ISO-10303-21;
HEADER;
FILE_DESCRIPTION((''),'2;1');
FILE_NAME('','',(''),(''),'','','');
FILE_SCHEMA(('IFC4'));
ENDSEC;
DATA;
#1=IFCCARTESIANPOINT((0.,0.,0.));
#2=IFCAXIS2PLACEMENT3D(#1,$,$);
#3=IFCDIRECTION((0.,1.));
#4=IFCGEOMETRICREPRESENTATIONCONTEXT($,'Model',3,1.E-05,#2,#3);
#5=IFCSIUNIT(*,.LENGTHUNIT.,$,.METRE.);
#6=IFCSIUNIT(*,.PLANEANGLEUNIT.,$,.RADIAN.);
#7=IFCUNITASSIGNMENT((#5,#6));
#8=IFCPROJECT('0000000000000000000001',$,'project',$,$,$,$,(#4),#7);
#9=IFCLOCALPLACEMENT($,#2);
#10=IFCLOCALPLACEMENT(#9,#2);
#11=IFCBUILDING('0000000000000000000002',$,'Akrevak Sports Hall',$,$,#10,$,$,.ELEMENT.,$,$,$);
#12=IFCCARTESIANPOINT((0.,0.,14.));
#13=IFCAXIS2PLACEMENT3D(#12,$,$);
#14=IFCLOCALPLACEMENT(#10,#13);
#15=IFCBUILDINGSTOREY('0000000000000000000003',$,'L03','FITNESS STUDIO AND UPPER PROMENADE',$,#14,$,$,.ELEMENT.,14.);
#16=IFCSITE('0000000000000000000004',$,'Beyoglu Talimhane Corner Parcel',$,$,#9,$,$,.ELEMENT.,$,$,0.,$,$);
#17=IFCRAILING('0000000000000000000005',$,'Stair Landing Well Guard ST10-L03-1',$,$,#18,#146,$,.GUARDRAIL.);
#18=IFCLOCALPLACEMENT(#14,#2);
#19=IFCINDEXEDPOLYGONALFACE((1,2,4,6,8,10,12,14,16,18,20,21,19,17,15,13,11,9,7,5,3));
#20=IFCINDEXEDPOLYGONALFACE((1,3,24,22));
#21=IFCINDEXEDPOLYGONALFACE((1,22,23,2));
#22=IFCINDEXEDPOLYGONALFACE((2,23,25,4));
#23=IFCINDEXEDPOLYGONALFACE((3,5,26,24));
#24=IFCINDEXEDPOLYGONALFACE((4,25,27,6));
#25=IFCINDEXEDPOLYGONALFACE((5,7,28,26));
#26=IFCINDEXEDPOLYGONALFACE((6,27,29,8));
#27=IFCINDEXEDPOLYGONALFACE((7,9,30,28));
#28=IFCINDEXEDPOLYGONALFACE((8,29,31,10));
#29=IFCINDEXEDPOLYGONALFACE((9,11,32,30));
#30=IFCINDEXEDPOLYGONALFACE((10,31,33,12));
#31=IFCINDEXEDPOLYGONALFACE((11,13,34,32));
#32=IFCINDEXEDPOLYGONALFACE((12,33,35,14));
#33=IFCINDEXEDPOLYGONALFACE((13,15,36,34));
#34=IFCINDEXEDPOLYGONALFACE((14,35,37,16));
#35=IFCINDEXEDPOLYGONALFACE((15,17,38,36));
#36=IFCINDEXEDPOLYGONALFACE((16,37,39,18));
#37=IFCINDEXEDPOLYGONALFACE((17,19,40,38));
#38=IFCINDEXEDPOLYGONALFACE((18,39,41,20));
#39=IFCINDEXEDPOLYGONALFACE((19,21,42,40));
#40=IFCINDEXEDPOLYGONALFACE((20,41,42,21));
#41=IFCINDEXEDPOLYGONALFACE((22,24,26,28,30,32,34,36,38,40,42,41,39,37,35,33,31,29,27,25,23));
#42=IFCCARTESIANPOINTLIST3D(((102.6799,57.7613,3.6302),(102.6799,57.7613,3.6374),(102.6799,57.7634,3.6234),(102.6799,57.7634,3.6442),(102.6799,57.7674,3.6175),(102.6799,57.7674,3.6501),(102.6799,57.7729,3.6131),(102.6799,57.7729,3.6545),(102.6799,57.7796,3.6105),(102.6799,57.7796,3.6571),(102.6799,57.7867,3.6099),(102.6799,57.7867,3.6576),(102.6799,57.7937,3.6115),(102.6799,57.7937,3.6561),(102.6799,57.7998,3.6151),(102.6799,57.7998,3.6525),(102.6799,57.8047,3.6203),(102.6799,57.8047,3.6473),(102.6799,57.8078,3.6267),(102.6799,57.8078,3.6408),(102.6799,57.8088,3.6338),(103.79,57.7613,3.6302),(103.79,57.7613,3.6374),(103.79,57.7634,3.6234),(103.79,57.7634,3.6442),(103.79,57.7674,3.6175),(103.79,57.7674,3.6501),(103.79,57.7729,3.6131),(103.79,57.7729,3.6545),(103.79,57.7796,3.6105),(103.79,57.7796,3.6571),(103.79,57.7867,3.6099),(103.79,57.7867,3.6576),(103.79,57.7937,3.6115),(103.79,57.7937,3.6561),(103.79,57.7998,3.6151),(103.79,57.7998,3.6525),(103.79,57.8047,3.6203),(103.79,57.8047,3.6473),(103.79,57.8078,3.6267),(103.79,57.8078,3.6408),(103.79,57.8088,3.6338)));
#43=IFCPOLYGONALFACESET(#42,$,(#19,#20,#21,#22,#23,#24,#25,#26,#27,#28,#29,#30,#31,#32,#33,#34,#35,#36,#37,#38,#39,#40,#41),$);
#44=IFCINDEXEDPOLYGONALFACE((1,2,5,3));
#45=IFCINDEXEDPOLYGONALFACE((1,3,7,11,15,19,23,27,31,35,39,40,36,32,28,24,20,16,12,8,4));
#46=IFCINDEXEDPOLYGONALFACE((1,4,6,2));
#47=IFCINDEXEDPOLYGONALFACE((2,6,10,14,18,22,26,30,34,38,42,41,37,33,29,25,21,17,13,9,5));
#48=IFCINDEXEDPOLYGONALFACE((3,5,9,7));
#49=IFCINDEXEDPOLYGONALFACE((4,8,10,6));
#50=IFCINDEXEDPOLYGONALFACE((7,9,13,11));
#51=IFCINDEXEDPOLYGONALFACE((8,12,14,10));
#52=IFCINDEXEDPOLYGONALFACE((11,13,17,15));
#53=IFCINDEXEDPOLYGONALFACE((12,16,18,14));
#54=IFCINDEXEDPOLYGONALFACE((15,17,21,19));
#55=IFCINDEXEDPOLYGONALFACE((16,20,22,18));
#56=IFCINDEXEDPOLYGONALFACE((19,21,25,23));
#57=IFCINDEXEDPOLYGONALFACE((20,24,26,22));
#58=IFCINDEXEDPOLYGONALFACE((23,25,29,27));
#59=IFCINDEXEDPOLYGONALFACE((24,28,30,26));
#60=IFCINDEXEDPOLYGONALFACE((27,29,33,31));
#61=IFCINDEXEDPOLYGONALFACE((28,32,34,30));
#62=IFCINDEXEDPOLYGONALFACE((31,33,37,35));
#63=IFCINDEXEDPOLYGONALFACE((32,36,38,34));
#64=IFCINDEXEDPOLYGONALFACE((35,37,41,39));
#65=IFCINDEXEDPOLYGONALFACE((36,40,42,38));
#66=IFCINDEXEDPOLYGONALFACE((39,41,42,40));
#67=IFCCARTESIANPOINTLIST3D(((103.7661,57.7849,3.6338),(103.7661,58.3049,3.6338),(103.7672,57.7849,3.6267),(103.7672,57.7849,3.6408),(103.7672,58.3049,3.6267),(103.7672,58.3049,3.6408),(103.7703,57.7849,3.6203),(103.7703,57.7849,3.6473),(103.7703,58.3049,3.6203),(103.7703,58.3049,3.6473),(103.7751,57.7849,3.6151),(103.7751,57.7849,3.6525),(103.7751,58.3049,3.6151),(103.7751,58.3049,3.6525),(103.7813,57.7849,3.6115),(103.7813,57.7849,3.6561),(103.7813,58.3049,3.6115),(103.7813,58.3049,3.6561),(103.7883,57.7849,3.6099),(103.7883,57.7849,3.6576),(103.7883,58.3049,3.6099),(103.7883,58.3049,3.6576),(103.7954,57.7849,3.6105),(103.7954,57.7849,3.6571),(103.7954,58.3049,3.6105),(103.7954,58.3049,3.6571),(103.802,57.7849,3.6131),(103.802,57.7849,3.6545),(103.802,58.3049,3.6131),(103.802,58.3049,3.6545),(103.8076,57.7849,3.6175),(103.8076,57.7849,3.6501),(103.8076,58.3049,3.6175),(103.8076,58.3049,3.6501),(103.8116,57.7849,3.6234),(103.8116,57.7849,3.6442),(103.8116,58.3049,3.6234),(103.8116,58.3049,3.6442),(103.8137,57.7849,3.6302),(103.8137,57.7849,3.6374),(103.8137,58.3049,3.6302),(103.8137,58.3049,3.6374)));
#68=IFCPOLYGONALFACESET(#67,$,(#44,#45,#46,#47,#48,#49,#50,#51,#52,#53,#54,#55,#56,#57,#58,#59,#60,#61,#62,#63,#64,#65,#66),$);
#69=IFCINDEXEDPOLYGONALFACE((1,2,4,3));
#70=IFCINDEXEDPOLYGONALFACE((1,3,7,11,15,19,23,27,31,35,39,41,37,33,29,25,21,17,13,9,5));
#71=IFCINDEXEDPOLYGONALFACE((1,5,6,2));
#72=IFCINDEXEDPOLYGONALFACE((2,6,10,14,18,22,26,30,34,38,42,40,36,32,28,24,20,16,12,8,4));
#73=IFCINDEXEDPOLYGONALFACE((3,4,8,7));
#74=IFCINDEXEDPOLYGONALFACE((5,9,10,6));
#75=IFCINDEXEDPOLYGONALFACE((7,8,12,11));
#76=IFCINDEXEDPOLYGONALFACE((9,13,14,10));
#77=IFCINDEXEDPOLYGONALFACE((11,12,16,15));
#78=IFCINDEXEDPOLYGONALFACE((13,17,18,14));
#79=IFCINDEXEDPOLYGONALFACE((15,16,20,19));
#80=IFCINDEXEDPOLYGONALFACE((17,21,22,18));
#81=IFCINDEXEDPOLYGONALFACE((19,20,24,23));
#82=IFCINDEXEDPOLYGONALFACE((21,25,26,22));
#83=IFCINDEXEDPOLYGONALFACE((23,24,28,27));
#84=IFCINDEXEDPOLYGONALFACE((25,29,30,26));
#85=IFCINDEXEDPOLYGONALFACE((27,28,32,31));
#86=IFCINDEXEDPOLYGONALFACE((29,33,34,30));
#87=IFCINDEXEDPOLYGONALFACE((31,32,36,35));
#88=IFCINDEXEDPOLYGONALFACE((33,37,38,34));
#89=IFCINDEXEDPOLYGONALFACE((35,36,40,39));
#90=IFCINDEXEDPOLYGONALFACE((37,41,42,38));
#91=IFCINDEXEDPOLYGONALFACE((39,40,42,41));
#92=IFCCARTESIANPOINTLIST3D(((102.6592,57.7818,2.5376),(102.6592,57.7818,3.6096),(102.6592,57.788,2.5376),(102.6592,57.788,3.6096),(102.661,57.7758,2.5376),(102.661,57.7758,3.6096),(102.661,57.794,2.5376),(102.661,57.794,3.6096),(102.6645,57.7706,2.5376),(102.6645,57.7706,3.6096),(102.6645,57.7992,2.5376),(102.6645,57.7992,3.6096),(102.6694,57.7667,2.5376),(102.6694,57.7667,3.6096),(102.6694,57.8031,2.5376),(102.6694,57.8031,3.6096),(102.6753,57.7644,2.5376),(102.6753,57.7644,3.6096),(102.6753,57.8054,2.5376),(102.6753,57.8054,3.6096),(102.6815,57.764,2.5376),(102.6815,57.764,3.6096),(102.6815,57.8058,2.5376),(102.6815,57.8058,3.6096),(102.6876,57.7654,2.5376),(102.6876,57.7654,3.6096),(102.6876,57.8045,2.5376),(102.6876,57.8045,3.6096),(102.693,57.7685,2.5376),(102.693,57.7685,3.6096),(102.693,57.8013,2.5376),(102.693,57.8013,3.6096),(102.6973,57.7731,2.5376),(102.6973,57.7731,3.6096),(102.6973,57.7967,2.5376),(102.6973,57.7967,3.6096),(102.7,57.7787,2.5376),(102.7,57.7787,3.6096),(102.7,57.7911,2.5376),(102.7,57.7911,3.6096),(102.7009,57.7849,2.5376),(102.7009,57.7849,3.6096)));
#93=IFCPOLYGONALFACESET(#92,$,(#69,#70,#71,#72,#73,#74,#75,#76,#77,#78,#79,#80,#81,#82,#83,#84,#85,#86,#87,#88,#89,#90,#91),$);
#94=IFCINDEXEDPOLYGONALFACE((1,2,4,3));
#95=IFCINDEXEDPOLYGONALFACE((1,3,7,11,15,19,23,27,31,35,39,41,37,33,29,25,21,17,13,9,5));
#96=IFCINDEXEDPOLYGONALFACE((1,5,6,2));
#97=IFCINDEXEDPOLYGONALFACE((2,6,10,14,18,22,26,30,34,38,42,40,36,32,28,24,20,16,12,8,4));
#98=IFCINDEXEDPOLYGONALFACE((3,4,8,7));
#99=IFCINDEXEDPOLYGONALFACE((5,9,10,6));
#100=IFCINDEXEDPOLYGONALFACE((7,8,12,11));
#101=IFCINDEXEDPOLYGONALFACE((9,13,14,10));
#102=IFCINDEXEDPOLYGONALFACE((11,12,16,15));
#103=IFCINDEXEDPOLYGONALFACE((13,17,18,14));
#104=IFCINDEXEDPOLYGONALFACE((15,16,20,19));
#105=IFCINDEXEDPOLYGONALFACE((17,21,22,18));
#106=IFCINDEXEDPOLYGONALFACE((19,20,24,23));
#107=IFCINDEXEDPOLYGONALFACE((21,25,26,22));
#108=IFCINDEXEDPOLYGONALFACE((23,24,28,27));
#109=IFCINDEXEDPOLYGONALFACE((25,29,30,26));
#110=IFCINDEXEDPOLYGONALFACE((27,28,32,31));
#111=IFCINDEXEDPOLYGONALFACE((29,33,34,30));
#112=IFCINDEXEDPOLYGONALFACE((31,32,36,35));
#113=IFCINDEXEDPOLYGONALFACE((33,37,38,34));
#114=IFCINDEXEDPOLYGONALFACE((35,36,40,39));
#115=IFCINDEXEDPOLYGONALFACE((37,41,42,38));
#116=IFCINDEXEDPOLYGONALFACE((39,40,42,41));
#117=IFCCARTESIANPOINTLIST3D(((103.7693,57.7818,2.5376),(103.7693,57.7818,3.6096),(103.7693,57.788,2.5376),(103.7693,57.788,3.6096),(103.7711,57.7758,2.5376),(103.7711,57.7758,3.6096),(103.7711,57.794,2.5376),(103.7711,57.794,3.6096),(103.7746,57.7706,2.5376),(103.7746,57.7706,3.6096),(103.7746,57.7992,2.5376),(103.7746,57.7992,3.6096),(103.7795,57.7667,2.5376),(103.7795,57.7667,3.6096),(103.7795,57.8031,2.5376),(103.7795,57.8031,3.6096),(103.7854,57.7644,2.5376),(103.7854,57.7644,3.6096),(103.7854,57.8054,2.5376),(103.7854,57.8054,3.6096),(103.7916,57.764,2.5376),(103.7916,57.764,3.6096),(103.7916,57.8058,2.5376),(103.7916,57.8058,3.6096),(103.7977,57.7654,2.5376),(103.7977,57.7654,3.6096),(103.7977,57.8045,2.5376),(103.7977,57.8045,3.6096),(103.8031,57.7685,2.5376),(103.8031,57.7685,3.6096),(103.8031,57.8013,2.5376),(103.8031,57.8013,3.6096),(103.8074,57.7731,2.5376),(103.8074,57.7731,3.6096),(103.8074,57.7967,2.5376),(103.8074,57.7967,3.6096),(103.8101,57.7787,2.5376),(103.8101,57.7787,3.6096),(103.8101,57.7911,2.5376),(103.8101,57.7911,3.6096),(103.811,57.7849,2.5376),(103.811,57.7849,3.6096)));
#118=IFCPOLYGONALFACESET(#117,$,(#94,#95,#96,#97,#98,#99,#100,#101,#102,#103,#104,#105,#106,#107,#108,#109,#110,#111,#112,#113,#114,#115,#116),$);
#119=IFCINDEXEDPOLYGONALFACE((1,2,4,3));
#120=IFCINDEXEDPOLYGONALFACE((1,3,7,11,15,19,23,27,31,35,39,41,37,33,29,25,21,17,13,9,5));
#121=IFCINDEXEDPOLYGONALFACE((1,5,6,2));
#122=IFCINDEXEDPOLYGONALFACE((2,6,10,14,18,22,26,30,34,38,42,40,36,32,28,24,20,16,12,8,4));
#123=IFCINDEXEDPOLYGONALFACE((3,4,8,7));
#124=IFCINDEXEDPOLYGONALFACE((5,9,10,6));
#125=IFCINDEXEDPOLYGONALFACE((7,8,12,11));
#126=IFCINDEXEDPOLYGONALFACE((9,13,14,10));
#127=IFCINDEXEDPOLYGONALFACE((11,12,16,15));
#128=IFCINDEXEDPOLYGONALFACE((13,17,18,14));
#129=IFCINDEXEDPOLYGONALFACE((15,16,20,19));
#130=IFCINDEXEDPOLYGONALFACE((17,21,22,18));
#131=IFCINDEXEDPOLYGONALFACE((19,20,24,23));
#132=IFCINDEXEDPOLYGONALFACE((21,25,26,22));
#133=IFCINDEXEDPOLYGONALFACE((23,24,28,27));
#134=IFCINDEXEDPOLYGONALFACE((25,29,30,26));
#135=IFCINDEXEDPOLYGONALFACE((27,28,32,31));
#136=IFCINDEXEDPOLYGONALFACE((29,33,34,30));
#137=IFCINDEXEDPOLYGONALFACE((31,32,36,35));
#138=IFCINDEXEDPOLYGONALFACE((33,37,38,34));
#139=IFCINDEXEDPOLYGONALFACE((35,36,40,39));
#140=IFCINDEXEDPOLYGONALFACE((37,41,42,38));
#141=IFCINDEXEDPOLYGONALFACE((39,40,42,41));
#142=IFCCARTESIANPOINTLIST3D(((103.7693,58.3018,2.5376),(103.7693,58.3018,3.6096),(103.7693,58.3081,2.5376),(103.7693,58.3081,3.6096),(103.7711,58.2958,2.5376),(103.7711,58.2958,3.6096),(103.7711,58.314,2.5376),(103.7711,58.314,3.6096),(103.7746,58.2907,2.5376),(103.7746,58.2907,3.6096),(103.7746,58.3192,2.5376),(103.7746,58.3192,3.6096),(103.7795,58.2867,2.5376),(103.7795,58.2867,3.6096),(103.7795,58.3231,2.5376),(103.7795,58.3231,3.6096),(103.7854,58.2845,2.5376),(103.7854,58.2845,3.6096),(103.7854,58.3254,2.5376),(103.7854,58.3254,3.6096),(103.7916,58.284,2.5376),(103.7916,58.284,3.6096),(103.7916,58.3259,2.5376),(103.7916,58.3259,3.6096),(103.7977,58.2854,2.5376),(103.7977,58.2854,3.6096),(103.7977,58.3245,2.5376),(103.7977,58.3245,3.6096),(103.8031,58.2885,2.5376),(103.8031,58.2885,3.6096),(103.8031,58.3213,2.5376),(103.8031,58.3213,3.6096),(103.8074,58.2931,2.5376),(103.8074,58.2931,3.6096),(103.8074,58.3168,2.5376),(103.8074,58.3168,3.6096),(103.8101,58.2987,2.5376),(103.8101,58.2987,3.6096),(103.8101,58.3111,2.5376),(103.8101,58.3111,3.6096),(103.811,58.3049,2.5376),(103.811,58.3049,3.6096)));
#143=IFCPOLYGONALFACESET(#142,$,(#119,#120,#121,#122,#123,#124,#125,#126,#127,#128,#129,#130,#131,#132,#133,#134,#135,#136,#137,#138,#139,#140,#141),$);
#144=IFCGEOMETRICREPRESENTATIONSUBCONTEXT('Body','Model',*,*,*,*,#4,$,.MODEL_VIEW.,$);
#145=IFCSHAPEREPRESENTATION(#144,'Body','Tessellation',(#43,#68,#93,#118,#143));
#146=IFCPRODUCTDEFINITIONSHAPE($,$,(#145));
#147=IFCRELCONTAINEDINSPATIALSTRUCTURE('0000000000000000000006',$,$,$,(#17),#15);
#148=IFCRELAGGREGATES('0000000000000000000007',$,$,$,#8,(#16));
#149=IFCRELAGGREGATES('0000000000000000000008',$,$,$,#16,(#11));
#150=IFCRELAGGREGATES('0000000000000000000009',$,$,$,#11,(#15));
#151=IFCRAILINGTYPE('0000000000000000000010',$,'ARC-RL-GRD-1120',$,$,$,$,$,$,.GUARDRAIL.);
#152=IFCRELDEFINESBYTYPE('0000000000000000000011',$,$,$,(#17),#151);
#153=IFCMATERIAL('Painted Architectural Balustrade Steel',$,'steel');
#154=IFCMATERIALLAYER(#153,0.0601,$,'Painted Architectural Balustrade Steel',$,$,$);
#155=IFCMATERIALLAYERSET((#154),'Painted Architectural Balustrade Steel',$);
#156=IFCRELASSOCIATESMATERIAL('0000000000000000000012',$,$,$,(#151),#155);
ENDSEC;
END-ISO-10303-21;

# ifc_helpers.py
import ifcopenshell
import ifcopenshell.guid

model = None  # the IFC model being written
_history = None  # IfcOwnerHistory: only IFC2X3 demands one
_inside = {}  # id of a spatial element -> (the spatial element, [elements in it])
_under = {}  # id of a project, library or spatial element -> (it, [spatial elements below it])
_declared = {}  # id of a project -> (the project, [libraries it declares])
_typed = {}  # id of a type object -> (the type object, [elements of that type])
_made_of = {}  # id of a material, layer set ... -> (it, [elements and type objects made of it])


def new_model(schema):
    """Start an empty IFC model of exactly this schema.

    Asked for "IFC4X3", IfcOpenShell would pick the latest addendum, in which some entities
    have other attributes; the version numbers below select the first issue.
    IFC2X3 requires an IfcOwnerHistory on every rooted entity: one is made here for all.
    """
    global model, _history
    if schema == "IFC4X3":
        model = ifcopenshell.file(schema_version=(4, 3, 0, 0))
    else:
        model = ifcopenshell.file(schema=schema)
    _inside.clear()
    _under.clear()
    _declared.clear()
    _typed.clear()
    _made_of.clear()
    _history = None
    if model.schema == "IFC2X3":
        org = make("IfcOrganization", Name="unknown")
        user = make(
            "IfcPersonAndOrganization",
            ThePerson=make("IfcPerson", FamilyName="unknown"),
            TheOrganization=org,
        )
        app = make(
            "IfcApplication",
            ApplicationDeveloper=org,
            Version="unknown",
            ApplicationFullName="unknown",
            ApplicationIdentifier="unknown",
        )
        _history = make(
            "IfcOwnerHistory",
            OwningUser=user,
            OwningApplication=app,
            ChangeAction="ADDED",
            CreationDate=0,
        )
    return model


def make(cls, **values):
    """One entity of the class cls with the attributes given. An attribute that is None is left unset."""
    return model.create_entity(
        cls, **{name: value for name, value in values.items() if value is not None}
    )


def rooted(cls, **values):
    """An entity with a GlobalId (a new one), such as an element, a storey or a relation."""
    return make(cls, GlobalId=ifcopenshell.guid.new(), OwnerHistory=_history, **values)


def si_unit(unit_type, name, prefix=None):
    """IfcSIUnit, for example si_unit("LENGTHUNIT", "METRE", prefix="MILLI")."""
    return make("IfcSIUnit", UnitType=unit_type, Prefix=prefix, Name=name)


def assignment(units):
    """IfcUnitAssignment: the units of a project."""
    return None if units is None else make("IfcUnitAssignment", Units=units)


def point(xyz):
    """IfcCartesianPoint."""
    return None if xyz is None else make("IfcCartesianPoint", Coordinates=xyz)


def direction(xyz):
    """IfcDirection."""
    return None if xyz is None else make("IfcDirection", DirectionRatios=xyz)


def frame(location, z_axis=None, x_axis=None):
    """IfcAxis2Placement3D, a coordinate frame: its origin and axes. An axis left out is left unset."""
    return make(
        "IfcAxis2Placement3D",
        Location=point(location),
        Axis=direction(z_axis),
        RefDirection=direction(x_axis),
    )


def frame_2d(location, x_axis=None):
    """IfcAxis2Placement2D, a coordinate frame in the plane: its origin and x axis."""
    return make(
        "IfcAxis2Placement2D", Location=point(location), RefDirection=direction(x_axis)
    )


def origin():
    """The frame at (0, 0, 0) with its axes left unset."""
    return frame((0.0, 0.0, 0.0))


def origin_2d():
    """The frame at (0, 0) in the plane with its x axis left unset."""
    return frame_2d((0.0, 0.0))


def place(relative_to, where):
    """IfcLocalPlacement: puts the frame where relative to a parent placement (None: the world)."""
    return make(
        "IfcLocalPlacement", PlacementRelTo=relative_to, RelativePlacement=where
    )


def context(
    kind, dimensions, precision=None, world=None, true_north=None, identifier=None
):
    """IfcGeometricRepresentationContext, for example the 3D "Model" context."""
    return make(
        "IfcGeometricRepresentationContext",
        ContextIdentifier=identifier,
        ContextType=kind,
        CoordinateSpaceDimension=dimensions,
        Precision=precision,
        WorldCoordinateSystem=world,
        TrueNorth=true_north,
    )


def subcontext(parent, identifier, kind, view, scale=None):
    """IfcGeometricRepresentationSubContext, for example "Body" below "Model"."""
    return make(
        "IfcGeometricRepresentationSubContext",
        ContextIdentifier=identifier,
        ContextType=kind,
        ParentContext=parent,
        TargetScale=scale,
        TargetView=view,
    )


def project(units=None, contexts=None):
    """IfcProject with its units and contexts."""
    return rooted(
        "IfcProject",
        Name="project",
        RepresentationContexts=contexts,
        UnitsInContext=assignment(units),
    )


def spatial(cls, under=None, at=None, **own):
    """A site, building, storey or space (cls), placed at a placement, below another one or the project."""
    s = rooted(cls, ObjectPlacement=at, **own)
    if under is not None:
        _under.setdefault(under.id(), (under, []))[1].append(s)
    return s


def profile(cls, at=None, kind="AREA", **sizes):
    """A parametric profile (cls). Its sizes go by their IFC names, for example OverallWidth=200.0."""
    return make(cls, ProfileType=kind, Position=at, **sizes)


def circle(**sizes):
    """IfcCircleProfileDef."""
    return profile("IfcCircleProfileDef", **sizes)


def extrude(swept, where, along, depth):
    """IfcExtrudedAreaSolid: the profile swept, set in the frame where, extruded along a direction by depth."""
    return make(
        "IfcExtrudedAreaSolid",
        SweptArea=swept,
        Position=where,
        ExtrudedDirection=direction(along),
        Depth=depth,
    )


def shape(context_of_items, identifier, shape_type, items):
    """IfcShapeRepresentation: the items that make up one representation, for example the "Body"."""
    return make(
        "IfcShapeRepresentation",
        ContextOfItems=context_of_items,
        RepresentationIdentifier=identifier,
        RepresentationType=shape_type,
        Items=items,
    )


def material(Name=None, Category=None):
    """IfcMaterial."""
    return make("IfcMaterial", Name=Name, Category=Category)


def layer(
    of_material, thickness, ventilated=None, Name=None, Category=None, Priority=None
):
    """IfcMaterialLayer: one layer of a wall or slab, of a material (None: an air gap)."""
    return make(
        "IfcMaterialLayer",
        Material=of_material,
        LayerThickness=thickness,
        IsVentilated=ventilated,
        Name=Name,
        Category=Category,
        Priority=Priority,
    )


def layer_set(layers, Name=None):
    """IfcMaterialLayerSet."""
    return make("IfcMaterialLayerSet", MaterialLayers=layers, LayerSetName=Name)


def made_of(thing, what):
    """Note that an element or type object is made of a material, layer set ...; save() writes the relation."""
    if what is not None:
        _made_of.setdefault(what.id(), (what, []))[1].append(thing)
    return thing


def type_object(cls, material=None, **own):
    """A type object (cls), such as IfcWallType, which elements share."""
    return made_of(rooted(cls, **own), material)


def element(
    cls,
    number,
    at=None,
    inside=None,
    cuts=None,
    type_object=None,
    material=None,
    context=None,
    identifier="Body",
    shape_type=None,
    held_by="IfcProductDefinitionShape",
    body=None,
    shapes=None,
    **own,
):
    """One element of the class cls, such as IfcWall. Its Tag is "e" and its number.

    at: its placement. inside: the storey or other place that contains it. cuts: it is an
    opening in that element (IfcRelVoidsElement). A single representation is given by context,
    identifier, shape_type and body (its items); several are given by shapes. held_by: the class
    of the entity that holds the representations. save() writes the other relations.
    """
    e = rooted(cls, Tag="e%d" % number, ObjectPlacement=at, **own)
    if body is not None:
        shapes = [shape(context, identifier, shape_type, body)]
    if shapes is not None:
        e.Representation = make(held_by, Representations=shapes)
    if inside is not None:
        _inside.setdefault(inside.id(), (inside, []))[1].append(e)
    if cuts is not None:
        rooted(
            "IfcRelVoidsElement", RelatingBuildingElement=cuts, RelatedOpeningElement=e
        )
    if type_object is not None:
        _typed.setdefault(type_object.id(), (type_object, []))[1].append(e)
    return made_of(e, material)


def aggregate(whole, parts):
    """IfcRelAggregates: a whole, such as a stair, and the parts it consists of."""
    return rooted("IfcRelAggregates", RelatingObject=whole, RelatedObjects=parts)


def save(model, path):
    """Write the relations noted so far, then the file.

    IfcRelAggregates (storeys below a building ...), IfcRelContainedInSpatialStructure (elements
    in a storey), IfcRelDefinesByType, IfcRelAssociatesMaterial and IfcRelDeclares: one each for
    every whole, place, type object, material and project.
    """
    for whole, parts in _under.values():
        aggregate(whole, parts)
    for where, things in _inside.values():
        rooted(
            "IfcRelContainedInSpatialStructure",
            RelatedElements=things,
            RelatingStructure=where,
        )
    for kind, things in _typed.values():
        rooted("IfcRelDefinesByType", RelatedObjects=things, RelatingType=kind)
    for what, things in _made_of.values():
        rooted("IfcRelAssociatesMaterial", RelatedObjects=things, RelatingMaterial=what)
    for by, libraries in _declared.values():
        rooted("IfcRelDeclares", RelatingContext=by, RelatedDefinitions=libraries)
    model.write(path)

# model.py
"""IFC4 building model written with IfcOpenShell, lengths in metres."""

from ifc_helpers import new_model, si_unit, direction, frame, origin, origin_2d, place, context, subcontext, project, spatial, circle, extrude, material, layer, layer_set, type_object, element, save


model = new_model("IFC4")

# Units and contexts
model_context = context("Model", 3, precision=1e-05, world=origin(), true_north=direction((0.0, 1.0)))
body_context = subcontext(model_context, "Body", "Model", "MODEL_VIEW")
ifc_project = project(units=[si_unit("LENGTHUNIT", "METRE"), si_unit("PLANEANGLEUNIT", "RADIAN")], contexts=[model_context])

# Site, building, storey
site_placement = place(None, origin())
site = spatial("IfcSite", under=ifc_project, at=site_placement, Name="Beyoglu Talimhane Corner Parcel", CompositionType="ELEMENT", RefElevation=0.0)
building_placement = place(site_placement, origin())
building = spatial("IfcBuilding", under=site, at=building_placement, Name="Akrevak Sports Hall", CompositionType="ELEMENT")
storey_placement = place(building_placement, frame((0.0, 0.0, 14.0)))
storey = spatial("IfcBuildingStorey", under=building, at=storey_placement, Name="L03", Description="FITNESS STUDIO AND UPPER PROMENADE", CompositionType="ELEMENT", Elevation=14.0)

# Railing
ifc_material_1 = material(Name="Painted Architectural Balustrade Steel", Category="steel")
ifc_layer_1 = layer(ifc_material_1, 0.0601, Name="Painted Architectural Balustrade Steel")
ifc_layer_set_1 = layer_set([ifc_layer_1], Name="Painted Architectural Balustrade Steel")
railing_type_1 = type_object("IfcRailingType", Name="ARC-RL-GRD-1120", PredefinedType="GUARDRAIL", material=ifc_layer_set_1)
railing_1_placement = place(storey_placement, frame((102.6799, 57.7849, 2.5376)))
element("IfcRailing", 1, at=railing_1_placement, inside=storey, type_object=railing_type_1, Name="Stair Landing Well Guard ST10-L03-1", PredefinedType="GUARDRAIL", context=body_context, shape_type="SweptSolid", body=[
    extrude(circle(Radius=0.0239, at=origin_2d()), frame((0.0, 0.0, 1.0962), z_axis=(1.0, 0.0, 0.0), x_axis=(0.0, 1.0, 0.0)), (0.0, 0.0, 1.0), 1.1101),
    extrude(circle(Radius=0.0239, at=origin_2d()), frame((1.1101, 0.0, 1.0962), z_axis=(0.0, 1.0, 0.0), x_axis=(-1.0, 0.0, 0.0)), (0.0, 0.0, 1.0), 0.52),
    extrude(circle(Radius=0.021, at=origin_2d()), origin(), (0.0, 0.0, 1.0), 1.072),
    extrude(circle(Radius=0.021, at=origin_2d()), frame((1.1101, 0.0, 0.0)), (0.0, 0.0, 1.0), 1.072),
    extrude(circle(Radius=0.021, at=origin_2d()), frame((1.1101, 0.52, 0.0)), (0.0, 0.0, 1.0), 1.072),
])

save(model, "model.ifc")
